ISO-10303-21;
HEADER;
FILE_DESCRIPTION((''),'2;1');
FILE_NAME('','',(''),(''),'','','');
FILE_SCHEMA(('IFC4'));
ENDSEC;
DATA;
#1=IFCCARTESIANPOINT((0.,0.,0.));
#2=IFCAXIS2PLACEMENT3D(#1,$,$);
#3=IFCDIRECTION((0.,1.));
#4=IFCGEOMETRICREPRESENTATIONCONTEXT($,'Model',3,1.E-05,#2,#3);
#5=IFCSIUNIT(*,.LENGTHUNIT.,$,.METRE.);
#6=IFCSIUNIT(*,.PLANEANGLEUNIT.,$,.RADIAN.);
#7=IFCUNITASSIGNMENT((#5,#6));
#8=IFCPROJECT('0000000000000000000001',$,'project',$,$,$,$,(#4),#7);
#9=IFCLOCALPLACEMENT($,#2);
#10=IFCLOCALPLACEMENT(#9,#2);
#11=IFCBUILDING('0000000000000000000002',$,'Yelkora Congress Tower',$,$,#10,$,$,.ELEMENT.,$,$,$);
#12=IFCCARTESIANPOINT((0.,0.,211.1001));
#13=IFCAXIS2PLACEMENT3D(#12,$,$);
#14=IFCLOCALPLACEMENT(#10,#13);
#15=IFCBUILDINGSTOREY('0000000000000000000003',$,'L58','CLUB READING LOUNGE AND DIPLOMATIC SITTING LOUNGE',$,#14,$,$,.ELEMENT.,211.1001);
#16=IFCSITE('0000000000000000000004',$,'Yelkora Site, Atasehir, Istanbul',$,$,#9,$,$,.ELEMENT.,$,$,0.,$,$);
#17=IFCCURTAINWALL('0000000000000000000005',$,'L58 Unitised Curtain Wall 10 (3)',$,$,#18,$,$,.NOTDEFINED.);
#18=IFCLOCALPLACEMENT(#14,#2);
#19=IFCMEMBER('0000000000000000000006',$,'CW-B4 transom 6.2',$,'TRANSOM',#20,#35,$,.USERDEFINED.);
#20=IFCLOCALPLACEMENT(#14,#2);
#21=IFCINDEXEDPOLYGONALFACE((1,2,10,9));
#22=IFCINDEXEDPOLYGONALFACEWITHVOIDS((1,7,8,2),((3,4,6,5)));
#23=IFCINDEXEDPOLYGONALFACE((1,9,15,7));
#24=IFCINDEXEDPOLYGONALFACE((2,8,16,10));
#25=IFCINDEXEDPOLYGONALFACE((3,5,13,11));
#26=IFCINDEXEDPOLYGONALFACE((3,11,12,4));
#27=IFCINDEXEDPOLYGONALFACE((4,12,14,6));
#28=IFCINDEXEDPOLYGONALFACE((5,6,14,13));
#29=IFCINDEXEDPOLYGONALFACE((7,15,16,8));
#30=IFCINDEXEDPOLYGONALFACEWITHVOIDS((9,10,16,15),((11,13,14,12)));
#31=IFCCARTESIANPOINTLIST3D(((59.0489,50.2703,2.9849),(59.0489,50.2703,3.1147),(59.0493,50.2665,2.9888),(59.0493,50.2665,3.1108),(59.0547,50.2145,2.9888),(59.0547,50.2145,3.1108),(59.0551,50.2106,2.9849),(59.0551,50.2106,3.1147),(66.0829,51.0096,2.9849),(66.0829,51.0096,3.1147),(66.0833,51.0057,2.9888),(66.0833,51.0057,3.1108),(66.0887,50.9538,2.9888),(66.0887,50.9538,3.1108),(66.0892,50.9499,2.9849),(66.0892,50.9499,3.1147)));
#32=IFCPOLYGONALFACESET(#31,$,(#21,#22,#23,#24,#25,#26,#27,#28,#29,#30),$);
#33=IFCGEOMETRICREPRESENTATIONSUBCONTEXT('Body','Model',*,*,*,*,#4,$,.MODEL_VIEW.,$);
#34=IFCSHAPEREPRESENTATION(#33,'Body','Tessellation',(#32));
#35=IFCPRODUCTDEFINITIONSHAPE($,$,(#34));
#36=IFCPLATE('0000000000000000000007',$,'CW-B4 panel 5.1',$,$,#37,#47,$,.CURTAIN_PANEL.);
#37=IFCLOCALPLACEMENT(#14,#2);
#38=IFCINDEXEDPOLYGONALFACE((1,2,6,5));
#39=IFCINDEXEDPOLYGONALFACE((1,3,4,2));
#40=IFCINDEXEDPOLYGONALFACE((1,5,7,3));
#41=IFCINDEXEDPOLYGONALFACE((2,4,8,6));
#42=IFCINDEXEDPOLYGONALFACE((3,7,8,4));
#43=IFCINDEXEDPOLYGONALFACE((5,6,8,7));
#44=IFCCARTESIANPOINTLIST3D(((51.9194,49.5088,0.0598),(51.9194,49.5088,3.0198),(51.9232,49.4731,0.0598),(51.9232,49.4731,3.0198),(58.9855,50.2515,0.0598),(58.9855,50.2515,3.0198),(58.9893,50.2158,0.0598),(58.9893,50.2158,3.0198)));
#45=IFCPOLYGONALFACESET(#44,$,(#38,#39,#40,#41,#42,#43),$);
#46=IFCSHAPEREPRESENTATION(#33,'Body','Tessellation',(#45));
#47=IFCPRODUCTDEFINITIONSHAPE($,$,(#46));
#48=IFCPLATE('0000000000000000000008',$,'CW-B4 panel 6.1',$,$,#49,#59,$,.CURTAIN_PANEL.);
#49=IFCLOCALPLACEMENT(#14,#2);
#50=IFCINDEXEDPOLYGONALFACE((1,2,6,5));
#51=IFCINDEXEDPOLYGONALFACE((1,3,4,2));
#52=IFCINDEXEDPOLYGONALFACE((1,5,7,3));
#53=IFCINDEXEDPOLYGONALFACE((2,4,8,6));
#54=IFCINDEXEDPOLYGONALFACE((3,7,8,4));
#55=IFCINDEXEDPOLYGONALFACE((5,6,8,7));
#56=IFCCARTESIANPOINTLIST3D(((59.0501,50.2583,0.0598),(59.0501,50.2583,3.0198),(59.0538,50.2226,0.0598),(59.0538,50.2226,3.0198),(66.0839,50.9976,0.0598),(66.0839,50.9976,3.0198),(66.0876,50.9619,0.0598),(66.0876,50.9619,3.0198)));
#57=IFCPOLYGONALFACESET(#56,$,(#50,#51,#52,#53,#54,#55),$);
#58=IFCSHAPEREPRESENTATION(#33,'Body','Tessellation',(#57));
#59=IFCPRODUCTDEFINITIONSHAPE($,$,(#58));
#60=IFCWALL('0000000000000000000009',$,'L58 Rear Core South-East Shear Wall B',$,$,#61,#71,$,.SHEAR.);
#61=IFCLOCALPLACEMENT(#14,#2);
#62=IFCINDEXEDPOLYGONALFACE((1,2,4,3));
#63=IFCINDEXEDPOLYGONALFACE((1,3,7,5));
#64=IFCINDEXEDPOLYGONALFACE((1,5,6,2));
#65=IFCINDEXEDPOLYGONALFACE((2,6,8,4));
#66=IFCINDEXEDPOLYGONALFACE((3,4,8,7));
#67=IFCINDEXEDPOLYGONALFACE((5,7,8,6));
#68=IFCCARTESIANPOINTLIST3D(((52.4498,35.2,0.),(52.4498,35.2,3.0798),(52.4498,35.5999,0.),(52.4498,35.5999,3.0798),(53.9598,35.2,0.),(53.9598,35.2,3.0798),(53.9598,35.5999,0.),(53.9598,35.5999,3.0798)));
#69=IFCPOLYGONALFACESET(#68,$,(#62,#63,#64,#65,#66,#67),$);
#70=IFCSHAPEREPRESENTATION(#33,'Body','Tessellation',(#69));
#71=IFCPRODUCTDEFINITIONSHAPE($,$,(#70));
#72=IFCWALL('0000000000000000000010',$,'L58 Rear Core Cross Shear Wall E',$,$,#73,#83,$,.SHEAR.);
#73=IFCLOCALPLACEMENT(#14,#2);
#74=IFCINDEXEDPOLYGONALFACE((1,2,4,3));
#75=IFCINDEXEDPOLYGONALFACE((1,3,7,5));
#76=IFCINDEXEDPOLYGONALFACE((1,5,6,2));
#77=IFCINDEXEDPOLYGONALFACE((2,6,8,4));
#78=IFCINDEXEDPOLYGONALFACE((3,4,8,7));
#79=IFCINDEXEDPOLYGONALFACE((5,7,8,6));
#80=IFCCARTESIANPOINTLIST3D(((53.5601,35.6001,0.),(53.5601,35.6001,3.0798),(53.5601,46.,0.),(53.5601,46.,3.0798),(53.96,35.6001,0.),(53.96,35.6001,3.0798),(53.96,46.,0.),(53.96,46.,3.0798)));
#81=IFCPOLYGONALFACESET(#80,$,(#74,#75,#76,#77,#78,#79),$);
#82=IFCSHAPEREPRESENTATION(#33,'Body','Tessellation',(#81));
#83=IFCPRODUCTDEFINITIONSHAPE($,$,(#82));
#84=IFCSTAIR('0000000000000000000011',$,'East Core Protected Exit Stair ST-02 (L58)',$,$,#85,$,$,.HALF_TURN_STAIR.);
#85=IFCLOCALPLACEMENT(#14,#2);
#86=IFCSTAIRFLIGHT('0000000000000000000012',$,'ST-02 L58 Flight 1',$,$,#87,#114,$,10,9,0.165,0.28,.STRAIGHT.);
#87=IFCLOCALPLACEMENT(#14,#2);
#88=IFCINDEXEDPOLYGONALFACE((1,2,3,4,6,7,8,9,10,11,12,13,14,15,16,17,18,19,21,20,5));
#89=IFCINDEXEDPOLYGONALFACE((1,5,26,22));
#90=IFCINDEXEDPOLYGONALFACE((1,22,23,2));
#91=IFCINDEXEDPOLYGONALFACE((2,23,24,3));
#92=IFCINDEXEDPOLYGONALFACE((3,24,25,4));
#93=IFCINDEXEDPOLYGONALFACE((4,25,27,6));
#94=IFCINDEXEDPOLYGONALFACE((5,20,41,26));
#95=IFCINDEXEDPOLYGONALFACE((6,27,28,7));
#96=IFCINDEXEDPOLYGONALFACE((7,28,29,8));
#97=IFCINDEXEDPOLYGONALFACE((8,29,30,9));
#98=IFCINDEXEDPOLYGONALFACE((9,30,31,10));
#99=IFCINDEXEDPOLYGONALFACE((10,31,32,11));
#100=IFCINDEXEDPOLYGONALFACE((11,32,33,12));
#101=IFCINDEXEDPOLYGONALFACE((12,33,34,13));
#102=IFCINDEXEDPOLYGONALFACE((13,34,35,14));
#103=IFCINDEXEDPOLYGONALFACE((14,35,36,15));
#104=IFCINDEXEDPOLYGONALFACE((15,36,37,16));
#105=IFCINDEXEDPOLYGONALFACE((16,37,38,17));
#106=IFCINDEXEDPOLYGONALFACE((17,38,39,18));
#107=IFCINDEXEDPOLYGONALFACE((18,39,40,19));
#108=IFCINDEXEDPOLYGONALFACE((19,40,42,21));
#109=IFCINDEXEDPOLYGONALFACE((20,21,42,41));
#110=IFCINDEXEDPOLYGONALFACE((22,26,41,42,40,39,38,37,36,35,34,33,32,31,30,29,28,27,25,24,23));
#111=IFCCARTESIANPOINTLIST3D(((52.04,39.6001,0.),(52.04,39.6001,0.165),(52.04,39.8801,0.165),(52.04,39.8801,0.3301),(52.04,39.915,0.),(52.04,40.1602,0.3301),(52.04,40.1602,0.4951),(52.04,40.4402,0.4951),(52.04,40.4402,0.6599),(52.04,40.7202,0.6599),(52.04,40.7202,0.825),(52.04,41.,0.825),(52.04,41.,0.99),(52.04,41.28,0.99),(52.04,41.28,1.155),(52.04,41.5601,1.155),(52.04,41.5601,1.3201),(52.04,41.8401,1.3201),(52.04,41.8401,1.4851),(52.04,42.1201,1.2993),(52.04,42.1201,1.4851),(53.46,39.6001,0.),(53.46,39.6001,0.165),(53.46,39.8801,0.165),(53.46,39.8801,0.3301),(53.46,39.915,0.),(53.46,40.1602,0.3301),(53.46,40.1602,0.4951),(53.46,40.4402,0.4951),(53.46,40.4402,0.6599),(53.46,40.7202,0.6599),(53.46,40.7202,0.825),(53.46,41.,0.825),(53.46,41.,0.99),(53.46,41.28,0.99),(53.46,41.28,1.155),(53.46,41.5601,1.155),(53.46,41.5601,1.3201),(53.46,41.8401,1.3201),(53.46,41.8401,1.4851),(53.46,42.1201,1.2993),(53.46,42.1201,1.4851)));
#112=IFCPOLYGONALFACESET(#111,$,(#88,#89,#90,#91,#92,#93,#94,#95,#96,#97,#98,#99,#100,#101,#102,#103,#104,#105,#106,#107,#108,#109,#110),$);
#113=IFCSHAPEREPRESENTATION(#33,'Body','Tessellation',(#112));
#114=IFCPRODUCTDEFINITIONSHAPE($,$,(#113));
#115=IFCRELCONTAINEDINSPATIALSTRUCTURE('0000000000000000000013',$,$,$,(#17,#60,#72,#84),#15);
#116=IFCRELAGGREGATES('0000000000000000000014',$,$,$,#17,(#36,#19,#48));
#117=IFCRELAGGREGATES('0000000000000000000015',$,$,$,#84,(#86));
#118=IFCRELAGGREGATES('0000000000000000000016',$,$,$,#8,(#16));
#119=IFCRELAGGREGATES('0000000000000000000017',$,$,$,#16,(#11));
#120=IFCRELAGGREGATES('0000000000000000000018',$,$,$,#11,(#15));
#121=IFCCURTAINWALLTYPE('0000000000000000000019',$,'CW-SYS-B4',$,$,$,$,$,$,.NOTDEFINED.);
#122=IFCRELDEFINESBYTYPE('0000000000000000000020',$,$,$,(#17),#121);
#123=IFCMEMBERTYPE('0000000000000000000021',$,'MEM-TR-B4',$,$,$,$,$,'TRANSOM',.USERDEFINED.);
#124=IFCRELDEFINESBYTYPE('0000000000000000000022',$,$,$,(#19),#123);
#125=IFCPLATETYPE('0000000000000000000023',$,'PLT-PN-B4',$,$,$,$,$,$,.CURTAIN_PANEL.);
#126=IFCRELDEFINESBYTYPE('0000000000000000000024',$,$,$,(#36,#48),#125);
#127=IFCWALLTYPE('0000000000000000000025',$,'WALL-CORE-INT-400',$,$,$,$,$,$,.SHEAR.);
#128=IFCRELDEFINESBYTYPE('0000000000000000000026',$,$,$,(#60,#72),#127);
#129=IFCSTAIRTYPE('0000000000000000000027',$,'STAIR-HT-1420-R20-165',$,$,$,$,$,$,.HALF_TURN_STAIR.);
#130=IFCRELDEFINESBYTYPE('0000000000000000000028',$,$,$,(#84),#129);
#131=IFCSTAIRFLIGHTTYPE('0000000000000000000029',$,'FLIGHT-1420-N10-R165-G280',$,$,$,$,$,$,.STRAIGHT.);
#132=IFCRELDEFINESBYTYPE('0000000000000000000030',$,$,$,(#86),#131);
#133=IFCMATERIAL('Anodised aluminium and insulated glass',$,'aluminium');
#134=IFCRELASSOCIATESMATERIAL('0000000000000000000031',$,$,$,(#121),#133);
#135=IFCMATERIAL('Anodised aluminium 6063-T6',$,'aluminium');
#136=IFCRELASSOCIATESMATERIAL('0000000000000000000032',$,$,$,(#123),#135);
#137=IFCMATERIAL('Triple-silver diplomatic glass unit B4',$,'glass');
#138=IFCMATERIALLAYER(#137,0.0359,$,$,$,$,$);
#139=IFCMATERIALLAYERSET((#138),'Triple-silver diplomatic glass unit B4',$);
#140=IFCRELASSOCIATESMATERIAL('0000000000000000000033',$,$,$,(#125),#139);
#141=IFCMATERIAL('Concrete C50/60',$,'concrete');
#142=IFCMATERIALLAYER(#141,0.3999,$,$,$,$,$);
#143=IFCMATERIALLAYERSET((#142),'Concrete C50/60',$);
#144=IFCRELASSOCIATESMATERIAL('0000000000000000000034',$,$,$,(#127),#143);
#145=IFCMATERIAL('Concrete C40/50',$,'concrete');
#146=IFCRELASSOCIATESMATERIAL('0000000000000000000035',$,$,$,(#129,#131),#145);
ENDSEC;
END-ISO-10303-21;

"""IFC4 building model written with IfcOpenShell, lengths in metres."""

from ifc_helpers import new_model, si_unit, direction, frame, frame_2d, origin, origin_2d, place, context, subcontext, project, spatial, polyline, rectangle, hollow_rectangle, outline, extrude, material, layer, layer_set, material_profile, profile_set, type_object, element, aggregate, save


model = new_model("IFC4")

# Units and contexts
model_context = context("Model", 3, precision=1e-05, world=origin(), true_north=direction((0.0, 1.0)))
body_context = subcontext(model_context, "Body", "Model", "MODEL_VIEW")
ifc_project = project(units=[si_unit("LENGTHUNIT", "METRE"), si_unit("PLANEANGLEUNIT", "RADIAN")], contexts=[model_context])

# Site, building, storey
site_placement = place(None, origin())
site = spatial("IfcSite", under=ifc_project, at=site_placement, Name="Yelkora Site, Atasehir, Istanbul", CompositionType="ELEMENT", RefElevation=0.0)
building_placement = place(site_placement, origin())
building = spatial("IfcBuilding", under=site, at=building_placement, Name="Yelkora Congress Tower", CompositionType="ELEMENT")
storey_placement = place(building_placement, frame((0.0, 0.0, 211.1001)))
storey = spatial("IfcBuildingStorey", under=building, at=storey_placement, Name="L58", Description="CLUB READING LOUNGE AND DIPLOMATIC SITTING LOUNGE", CompositionType="ELEMENT", Elevation=211.1001)

# Curtain wall, member, plates
ifc_material_1 = material(Name="Anodised aluminium and insulated glass", Category="aluminium")
curtain_wall_type = type_object("IfcCurtainWallType", Name="CW-SYS-B4", PredefinedType="NOTDEFINED", material=ifc_material_1)
curtain_wall_placement = place(storey_placement, origin())
curtain_wall = element("IfcCurtainWall", 1, at=curtain_wall_placement, inside=storey, type_object=curtain_wall_type, Name="L58 Unitised Curtain Wall 10 (3)", PredefinedType="NOTDEFINED")
ifc_material_2 = material(Name="Anodised aluminium 6063-T6", Category="aluminium")
ifc_material_profile_1 = material_profile(ifc_material_2, hollow_rectangle(XDim=0.0601, YDim=0.1299, WallThickness=0.0039, at=origin_2d()), Name="ALU 60x130x4")
ifc_profile_set_1 = profile_set([ifc_material_profile_1], Name="Anodised aluminium 6063-T6")
member_type_1 = type_object("IfcMemberType", Name="MEM-TR-B4", ElementType="TRANSOM", PredefinedType="USERDEFINED", material=ifc_profile_set_1)
member_1_placement = place(storey_placement, frame((59.052, 50.2405, 3.0498), z_axis=(0.994522, 0.104523, 0.0), x_axis=(-0.104523, 0.994522, 0.0)))
member_1 = element("IfcMember", 2, at=member_1_placement, type_object=member_type_1, Name="CW-B4 transom 6.2", ObjectType="TRANSOM", PredefinedType="USERDEFINED", context=body_context, shape_type="SweptSolid", body=[
    extrude(hollow_rectangle(XDim=0.0601, YDim=0.1299, WallThickness=0.0039, at=origin_2d()), origin(), (0.0, 0.0, 1.0), 7.0728),
])
ifc_material_3 = material(Name="Triple-silver diplomatic glass unit B4", Category="glass")
ifc_layer_1 = layer(ifc_material_3, 0.0359)
ifc_layer_set_1 = layer_set([ifc_layer_1], Name="Triple-silver diplomatic glass unit B4")
plate_type = type_object("IfcPlateType", Name="PLT-PN-B4", PredefinedType="CURTAIN_PANEL", material=ifc_layer_set_1)
plate_1_placement = place(storey_placement, frame((55.4543, 49.8623, 0.0598), z_axis=(0.0, 0.0, 1.0), x_axis=(0.994522, 0.104528, 0.0)))
plate_1 = element("IfcPlate", 3, at=plate_1_placement, type_object=plate_type, Name="CW-B4 panel 5.1", PredefinedType="CURTAIN_PANEL", context=body_context, shape_type="SweptSolid", body=[
    extrude(rectangle(XDim=7.105, YDim=0.0359, at=origin_2d()), origin(), (0.0, 0.0, 1.0), 2.96),
])
plate_2_placement = place(storey_placement, frame((62.5688, 50.6101, 0.0598), z_axis=(0.0, 0.0, 1.0), x_axis=(0.994522, 0.104528, 0.0)))
plate_2 = element("IfcPlate", 4, at=plate_2_placement, type_object=plate_type, Name="CW-B4 panel 6.1", PredefinedType="CURTAIN_PANEL", context=body_context, shape_type="SweptSolid", body=[
    extrude(rectangle(XDim=7.0725, YDim=0.0359, at=origin_2d()), origin(), (0.0, 0.0, 1.0), 2.96),
])
aggregate(curtain_wall, [plate_1, member_1, plate_2])

# Walls
ifc_material_4 = material(Name="Concrete C50/60", Category="concrete")
ifc_layer_2 = layer(ifc_material_4, 0.3999)
ifc_layer_set_2 = layer_set([ifc_layer_2], Name="Concrete C50/60")
wall_type = type_object("IfcWallType", Name="WALL-CORE-INT-400", PredefinedType="SHEAR", material=ifc_layer_set_2)
wall_1_placement = place(storey_placement, frame((52.45, 35.3999, 0.0), z_axis=(0.0, 0.0, 1.0), x_axis=(1.0, 0.0, 0.0)))
element("IfcWall", 5, at=wall_1_placement, inside=storey, type_object=wall_type, Name="L58 Rear Core South-East Shear Wall B", PredefinedType="SHEAR", context=body_context, shape_type="SweptSolid", body=[
    extrude(rectangle(XDim=1.51, YDim=0.3999, at=frame_2d((0.7549, 0.0))), origin(), (0.0, 0.0, 1.0), 3.0798),
])
wall_2_placement = place(storey_placement, frame((53.76, 35.6001, 0.0), z_axis=(0.0, 0.0, 1.0), x_axis=(0.0, 1.0, 0.0)))
element("IfcWall", 6, at=wall_2_placement, inside=storey, type_object=wall_type, Name="L58 Rear Core Cross Shear Wall E", PredefinedType="SHEAR", context=body_context, shape_type="SweptSolid", body=[
    extrude(rectangle(XDim=10.3999, YDim=0.3999, at=frame_2d((5.2, 0.0))), origin(), (0.0, 0.0, 1.0), 3.0798),
])

# Stair, stair flight
ifc_material_5 = material(Name="Concrete C40/50", Category="concrete")
stair_type = type_object("IfcStairType", Name="STAIR-HT-1420-R20-165", PredefinedType="HALF_TURN_STAIR", material=ifc_material_5)
stair_placement = place(storey_placement, origin())
stair = element("IfcStair", 7, at=stair_placement, inside=storey, type_object=stair_type, Name="East Core Protected Exit Stair ST-02 (L58)", PredefinedType="HALF_TURN_STAIR")
stair_flight_type = type_object("IfcStairFlightType", Name="FLIGHT-1420-N10-R165-G280", PredefinedType="STRAIGHT", material=ifc_material_5)
stair_flight_placement = place(storey_placement, frame((52.75, 39.6001, 0.0), z_axis=(0.0, 0.0, 1.0), x_axis=(0.0, 1.0, 0.0)))
stair_flight = element("IfcStairFlight", 8, at=stair_flight_placement, type_object=stair_flight_type, Name="ST-02 L58 Flight 1", NumberOfRisers=10, NumberOfTreads=9, PredefinedType="STRAIGHT", RiserHeight=0.165, TreadLength=0.28, context=body_context, shape_type="SweptSolid", body=[
    extrude(outline(polyline([(0.0, 0.0), (0.0, 0.165), (0.28, 0.165), (0.28, 0.3301), (0.5601, 0.3301), (0.5601, 0.4951), (0.8401, 0.4951), (0.8401, 0.6599), (1.1201, 0.6599), (1.1201, 0.825), (1.3999, 0.825), (1.3999, 0.99), (1.6799, 0.99), (1.6799, 1.155), (1.96, 1.155), (1.96, 1.3201), (2.24, 1.3201), (2.24, 1.4851), (2.52, 1.4851), (2.52, 1.6499), (2.52, 1.2993), (0.3149, 0.0), (0.0, 0.0)])), frame((0.0, 0.71, 0.0), z_axis=(0.0, -1.0, 0.0), x_axis=(1.0, 0.0, 0.0)), (0.0, 0.0, 1.0), 1.4199),
])
aggregate(stair, [stair_flight])

save(model, "model.ifc")
